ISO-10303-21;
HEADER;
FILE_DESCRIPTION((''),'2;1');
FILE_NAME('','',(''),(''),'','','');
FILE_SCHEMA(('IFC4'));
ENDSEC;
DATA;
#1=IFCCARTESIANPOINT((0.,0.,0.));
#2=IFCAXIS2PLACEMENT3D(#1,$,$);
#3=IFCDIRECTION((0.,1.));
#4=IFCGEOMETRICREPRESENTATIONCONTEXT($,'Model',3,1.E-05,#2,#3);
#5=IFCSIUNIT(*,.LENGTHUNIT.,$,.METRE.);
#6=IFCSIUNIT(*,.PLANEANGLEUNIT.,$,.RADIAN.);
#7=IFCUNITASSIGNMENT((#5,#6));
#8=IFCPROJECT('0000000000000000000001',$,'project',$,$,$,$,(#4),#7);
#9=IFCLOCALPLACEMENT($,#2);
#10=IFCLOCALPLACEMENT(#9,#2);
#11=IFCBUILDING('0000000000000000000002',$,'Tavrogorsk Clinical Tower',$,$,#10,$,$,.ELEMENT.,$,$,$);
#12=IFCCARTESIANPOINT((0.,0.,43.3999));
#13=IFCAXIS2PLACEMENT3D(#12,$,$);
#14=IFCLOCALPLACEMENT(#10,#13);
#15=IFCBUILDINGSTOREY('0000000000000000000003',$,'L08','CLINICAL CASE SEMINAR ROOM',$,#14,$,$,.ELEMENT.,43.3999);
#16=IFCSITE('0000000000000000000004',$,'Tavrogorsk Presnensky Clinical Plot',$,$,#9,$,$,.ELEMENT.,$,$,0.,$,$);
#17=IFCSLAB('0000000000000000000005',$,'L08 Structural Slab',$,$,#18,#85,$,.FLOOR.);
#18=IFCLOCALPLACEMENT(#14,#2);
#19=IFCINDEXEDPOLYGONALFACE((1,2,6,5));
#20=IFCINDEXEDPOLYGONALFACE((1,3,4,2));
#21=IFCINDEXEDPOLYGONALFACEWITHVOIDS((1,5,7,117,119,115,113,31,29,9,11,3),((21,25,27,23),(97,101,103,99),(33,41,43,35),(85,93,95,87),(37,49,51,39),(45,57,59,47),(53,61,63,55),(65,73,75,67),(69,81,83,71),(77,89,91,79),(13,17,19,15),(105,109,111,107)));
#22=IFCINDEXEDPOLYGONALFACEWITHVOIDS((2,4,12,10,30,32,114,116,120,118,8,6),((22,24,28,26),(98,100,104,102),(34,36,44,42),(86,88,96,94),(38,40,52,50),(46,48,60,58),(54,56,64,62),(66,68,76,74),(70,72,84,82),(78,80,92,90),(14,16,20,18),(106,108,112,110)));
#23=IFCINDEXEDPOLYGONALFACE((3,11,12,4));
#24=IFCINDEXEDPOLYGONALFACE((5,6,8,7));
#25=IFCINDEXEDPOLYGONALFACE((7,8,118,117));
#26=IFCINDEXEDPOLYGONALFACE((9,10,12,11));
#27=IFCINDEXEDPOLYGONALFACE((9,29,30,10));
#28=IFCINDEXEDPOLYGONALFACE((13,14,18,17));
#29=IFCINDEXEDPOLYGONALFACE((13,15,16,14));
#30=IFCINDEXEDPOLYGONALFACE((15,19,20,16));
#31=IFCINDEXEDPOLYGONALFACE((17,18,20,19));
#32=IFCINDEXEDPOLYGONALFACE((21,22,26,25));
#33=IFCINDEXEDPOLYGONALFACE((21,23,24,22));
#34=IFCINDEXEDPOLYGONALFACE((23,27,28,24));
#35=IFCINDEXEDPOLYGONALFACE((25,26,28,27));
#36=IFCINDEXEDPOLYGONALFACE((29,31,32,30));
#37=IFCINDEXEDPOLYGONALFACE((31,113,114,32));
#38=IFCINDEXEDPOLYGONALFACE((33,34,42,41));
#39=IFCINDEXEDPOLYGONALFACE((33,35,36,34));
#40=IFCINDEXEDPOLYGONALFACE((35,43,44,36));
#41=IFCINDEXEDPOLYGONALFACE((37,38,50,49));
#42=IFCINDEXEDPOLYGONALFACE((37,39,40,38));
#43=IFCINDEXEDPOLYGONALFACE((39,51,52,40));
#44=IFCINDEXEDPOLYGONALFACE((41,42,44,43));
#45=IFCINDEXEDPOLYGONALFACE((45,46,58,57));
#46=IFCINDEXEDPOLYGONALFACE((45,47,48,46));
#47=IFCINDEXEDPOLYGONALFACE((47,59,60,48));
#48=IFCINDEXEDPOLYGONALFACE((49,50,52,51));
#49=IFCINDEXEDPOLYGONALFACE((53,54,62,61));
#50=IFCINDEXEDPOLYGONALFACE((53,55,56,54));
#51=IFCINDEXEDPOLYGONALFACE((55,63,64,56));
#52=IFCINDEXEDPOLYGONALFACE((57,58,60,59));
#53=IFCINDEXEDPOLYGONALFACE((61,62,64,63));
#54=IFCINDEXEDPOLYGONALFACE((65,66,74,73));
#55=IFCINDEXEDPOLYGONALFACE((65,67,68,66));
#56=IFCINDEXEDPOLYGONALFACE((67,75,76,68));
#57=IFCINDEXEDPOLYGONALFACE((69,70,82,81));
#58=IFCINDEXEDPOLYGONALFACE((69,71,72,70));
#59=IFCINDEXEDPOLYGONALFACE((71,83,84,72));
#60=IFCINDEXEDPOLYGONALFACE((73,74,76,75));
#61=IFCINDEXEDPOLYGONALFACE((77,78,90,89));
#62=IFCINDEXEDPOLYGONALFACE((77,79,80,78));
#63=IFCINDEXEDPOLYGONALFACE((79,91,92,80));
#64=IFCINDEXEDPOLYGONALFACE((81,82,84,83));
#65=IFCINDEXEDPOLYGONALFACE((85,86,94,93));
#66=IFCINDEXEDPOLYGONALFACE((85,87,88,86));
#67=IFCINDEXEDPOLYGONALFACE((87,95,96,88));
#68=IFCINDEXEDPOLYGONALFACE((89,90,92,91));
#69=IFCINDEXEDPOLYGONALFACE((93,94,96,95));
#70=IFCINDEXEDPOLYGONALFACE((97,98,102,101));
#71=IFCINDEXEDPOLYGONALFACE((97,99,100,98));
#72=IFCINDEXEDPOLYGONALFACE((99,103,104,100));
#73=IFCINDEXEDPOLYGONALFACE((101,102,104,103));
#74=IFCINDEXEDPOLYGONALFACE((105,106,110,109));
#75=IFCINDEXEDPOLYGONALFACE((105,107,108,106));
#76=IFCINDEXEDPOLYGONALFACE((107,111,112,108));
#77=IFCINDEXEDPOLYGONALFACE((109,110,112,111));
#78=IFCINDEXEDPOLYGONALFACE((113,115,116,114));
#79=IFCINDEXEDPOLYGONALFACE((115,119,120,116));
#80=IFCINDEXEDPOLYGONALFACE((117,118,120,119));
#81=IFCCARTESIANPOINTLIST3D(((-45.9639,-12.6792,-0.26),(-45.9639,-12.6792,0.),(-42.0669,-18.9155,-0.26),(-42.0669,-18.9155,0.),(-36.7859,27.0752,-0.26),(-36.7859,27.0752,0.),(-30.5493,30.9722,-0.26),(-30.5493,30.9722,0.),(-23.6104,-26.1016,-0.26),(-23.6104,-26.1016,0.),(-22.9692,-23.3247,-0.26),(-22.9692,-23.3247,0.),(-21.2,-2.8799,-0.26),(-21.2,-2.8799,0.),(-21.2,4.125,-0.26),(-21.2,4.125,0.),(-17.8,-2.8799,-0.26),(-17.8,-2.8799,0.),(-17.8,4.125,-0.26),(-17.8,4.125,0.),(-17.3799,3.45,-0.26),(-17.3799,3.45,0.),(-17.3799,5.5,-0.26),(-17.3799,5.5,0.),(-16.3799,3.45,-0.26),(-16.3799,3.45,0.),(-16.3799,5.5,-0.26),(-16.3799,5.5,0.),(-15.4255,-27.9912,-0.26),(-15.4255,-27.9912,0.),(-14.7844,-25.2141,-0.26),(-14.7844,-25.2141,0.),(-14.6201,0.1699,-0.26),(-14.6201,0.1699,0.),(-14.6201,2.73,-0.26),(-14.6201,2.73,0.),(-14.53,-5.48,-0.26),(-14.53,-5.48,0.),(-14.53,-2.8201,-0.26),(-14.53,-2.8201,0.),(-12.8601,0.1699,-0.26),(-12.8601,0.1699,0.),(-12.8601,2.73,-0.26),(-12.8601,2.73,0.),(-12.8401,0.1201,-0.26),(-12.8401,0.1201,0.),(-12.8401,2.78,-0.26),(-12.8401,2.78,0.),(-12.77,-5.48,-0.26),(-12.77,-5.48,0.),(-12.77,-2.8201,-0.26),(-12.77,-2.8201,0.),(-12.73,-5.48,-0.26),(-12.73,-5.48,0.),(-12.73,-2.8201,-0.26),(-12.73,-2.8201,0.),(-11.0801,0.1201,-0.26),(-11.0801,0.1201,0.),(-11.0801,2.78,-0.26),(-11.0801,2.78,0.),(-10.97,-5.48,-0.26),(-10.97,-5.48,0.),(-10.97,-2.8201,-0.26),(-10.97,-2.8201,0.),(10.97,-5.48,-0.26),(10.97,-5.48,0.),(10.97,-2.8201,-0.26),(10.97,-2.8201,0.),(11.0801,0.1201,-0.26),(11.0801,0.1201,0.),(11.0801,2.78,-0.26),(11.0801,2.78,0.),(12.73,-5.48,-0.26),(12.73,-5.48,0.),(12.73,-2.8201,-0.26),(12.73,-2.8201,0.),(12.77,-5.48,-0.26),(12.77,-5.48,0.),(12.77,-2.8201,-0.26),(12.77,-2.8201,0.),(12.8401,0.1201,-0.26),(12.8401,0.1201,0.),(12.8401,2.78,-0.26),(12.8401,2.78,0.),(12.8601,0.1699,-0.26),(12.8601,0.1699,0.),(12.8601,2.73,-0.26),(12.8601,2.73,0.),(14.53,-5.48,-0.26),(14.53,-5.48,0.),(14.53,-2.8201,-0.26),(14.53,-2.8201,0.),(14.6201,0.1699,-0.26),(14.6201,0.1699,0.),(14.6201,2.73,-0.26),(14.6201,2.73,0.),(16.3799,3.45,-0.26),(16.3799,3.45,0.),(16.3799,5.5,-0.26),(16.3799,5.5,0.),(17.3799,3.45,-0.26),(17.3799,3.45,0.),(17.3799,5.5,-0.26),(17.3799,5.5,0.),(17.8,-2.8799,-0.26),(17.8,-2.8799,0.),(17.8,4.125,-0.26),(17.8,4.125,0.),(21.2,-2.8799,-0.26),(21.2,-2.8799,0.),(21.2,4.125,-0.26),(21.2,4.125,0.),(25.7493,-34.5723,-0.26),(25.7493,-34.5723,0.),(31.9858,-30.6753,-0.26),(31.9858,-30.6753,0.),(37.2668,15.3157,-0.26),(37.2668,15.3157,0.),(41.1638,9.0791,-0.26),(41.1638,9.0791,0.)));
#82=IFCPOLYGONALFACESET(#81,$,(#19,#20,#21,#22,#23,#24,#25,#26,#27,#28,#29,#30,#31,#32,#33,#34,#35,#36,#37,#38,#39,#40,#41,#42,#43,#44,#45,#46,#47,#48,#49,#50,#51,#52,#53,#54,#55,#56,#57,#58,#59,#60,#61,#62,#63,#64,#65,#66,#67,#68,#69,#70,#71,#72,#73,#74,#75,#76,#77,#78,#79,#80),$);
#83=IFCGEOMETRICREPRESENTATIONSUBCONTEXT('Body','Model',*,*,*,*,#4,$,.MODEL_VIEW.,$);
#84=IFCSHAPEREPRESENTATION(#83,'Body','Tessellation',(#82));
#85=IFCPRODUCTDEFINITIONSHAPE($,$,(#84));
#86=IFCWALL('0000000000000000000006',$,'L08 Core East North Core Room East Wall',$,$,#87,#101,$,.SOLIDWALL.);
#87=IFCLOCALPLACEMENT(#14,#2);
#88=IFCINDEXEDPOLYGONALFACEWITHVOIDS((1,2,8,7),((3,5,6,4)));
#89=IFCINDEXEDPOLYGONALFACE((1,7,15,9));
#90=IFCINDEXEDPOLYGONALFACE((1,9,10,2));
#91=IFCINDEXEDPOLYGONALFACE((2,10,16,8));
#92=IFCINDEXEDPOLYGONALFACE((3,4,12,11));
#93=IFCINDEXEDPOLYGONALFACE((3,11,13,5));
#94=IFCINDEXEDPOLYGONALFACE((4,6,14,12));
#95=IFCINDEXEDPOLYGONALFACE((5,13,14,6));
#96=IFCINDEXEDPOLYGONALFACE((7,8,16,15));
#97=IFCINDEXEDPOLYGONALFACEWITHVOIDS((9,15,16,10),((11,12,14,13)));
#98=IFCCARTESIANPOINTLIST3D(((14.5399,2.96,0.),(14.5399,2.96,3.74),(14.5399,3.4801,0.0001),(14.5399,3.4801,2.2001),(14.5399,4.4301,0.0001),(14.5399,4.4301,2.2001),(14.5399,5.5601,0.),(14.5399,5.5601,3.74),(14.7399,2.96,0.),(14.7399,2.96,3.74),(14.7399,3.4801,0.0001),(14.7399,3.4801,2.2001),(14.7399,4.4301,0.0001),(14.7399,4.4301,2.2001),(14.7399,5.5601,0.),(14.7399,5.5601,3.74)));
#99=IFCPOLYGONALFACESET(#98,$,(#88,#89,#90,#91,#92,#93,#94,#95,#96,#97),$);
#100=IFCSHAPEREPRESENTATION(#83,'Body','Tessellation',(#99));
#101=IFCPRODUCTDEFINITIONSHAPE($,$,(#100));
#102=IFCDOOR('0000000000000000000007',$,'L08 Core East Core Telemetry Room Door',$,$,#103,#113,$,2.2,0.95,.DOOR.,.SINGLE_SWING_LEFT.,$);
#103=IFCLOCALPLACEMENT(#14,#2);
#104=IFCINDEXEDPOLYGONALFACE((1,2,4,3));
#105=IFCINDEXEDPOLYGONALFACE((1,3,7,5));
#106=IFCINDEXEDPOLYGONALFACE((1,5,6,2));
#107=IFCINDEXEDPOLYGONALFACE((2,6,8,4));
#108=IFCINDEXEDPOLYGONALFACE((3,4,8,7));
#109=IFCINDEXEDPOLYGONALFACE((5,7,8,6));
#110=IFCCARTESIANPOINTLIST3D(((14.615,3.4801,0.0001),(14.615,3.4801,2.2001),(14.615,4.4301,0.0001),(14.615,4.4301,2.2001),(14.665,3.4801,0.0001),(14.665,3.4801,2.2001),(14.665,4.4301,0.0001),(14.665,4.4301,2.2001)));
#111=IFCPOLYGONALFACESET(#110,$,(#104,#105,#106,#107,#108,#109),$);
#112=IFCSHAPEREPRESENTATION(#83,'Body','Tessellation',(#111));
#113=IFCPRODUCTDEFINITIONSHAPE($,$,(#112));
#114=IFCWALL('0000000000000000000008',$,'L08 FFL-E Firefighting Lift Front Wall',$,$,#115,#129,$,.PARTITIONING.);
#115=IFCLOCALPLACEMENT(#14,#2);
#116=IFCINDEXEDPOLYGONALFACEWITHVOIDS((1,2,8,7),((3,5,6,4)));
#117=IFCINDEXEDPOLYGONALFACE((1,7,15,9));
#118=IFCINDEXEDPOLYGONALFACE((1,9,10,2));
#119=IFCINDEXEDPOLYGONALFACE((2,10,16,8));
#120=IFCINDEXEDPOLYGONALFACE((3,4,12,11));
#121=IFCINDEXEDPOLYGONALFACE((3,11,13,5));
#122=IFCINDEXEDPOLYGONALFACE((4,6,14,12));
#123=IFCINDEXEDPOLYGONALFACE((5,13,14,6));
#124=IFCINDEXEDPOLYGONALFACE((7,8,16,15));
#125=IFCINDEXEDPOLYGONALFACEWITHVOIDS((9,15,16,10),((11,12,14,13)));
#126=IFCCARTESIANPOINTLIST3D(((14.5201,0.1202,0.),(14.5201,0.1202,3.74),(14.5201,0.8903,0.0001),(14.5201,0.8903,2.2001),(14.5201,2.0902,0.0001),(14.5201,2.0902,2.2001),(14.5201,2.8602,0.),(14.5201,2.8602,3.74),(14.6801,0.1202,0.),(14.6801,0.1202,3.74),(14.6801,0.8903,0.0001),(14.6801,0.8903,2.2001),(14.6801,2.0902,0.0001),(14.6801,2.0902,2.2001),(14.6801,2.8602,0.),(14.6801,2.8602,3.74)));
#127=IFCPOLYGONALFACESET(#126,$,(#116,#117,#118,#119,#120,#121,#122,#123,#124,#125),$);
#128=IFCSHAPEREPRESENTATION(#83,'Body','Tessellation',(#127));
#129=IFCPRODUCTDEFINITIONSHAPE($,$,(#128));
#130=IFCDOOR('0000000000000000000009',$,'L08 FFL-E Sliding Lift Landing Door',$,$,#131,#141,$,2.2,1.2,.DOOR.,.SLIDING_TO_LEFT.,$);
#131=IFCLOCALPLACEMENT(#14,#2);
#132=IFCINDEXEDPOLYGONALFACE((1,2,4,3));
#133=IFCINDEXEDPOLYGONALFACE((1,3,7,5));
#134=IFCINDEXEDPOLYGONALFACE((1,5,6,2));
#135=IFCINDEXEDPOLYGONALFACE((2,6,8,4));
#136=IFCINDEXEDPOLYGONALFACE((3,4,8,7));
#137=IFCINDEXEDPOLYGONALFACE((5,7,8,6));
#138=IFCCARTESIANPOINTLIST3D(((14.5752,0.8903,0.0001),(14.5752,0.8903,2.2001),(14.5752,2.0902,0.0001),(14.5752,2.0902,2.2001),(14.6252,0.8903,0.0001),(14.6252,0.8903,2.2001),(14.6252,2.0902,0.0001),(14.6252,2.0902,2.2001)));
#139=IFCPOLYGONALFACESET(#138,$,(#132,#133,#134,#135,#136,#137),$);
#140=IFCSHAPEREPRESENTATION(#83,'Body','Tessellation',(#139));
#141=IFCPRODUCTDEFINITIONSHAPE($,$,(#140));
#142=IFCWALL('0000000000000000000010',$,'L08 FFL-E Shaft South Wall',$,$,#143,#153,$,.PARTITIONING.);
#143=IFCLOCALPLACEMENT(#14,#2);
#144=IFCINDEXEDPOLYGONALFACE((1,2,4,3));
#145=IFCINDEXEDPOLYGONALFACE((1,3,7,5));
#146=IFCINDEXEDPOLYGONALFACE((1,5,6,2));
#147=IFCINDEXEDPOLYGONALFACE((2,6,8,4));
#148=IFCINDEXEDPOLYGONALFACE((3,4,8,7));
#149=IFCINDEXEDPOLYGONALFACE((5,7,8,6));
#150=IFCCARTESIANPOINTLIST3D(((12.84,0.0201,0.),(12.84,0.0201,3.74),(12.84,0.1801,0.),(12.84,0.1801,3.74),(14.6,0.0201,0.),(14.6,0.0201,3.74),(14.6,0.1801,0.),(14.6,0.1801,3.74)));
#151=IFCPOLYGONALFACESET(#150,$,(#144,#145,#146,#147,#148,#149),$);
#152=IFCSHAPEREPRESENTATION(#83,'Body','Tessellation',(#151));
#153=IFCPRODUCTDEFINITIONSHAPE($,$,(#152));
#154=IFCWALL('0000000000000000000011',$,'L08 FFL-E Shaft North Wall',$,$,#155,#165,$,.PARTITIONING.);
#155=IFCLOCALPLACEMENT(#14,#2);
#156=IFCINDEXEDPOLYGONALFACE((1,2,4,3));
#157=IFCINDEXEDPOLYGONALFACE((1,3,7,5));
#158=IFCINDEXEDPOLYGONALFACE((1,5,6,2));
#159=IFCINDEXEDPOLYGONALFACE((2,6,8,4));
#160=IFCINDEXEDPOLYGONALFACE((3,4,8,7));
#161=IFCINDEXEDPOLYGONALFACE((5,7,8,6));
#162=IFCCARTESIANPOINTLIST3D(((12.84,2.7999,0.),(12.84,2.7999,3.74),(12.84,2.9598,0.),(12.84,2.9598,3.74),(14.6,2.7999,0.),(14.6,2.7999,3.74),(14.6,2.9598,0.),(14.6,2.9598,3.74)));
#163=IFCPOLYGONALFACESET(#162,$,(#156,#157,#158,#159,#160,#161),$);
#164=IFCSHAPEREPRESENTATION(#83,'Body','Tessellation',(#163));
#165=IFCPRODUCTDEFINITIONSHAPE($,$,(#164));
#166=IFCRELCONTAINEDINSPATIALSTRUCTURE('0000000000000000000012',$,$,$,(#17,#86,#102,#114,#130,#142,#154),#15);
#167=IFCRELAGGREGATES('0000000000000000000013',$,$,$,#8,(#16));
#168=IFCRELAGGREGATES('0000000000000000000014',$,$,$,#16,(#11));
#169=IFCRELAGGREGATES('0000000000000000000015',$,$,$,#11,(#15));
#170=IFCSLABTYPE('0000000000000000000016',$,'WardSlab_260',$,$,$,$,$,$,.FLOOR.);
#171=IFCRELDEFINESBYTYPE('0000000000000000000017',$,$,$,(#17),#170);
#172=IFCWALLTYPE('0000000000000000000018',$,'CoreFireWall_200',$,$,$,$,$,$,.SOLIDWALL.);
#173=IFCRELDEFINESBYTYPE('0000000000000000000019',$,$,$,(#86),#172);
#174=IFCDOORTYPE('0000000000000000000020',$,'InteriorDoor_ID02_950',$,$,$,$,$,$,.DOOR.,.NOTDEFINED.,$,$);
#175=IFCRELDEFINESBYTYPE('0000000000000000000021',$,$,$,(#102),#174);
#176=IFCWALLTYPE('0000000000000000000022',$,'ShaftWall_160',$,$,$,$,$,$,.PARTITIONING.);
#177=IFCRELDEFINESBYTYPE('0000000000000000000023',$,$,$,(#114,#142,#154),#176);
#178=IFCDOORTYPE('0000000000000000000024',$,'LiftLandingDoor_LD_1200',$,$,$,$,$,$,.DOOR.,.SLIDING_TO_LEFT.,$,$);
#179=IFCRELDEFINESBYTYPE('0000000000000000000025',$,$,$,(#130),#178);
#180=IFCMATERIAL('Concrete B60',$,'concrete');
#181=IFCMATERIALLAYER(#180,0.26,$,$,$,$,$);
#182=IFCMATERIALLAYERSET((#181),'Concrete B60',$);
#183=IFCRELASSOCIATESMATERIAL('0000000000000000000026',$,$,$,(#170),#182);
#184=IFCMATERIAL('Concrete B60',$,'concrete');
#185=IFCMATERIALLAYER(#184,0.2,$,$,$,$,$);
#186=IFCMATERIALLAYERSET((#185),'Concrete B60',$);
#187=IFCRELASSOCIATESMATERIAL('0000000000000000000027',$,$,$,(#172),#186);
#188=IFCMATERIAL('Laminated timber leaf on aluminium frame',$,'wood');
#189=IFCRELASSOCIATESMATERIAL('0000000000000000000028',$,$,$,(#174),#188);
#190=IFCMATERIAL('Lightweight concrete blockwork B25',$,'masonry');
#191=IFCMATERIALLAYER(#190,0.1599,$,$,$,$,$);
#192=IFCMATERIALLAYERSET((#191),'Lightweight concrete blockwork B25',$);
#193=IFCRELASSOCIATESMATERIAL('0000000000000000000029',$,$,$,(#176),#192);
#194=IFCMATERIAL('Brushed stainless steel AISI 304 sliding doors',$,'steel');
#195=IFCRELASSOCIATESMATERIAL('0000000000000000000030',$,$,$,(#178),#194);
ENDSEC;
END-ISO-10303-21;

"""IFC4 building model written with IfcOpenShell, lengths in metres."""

from ifc_helpers import new_model, si_unit, direction, frame, frame_2d, origin, place, context, subcontext, project, spatial, polyline, rectangle, outline, extrude, material, layer, layer_set, type_object, element, fill, save


model = new_model("IFC4")

# Units and contexts
model_context = context("Model", 3, precision=1e-05, world=origin(), true_north=direction((0.0, 1.0)))
body_context = subcontext(model_context, "Body", "Model", "MODEL_VIEW")
ifc_project = project(units=[si_unit("LENGTHUNIT", "METRE"), si_unit("PLANEANGLEUNIT", "RADIAN")], contexts=[model_context])

# Site, building, storey
site_placement = place(None, origin())
site = spatial("IfcSite", under=ifc_project, at=site_placement, Name="Tavrogorsk Presnensky Clinical Plot", CompositionType="ELEMENT", RefElevation=0.0)
building_placement = place(site_placement, origin())
building = spatial("IfcBuilding", under=site, at=building_placement, Name="Tavrogorsk Clinical Tower", CompositionType="ELEMENT")
storey_placement = place(building_placement, frame((0.0, 0.0, 43.3999)))
storey = spatial("IfcBuildingStorey", under=building, at=storey_placement, Name="L08", Description="CLINICAL CASE SEMINAR ROOM", CompositionType="ELEMENT", Elevation=43.3999)

# Slab
ifc_material_1 = material(Name="Concrete B60", Category="concrete")
ifc_layer_1 = layer(ifc_material_1, 0.26)
ifc_layer_set_1 = layer_set([ifc_layer_1], Name="Concrete B60")
slab_type_1 = type_object("IfcSlabType", Name="WardSlab_260", PredefinedType="FLOOR", material=ifc_layer_set_1)
slab_1_placement = place(storey_placement, frame((0.0, 0.0, -0.26)))
element("IfcSlab", 1, at=slab_1_placement, inside=storey, type_object=slab_type_1, Name="L08 Structural Slab", PredefinedType="FLOOR", context=body_context, shape_type="SweptSolid", body=[
    extrude(outline(polyline([(-42.0669, -18.9155), (-45.9639, -12.6792), (-36.7859, 27.0752), (-30.5493, 30.9722), (37.2668, 15.3157), (41.1638, 9.0791), (31.9858, -30.6753), (25.7493, -34.5723), (-14.7844, -25.2141), (-15.4255, -27.9912), (-23.6104, -26.1016), (-22.9692, -23.3247), (-42.0669, -18.9155)]), holes=[polyline([(-17.8, -2.8799), (-17.8, 4.125), (-21.2, 4.125), (-21.2, -2.8799), (-17.8, -2.8799)]), polyline([(21.2, -2.8799), (21.2, 4.125), (17.8, 4.125), (17.8, -2.8799), (21.2, -2.8799)]), polyline([(-14.6201, 0.1699), (-12.8601, 0.1699), (-12.8601, 2.73), (-14.6201, 2.73), (-14.6201, 0.1699)]), polyline([(-14.53, -5.48), (-12.77, -5.48), (-12.77, -2.8201), (-14.53, -2.8201), (-14.53, -5.48)]), polyline([(-12.73, -5.48), (-10.97, -5.48), (-10.97, -2.8201), (-12.73, -2.8201), (-12.73, -5.48)]), polyline([(-12.8401, 0.1201), (-11.0801, 0.1201), (-11.0801, 2.78), (-12.8401, 2.78), (-12.8401, 0.1201)]), polyline([(12.8601, 0.1699), (14.6201, 0.1699), (14.6201, 2.73), (12.8601, 2.73), (12.8601, 0.1699)]), polyline([(12.77, -5.48), (14.53, -5.48), (14.53, -2.8201), (12.77, -2.8201), (12.77, -5.48)]), polyline([(10.97, -5.48), (12.73, -5.48), (12.73, -2.8201), (10.97, -2.8201), (10.97, -5.48)]), polyline([(11.0801, 0.1201), (12.8401, 0.1201), (12.8401, 2.78), (11.0801, 2.78), (11.0801, 0.1201)]), polyline([(-17.3799, 3.45), (-16.3799, 3.45), (-16.3799, 5.5), (-17.3799, 5.5), (-17.3799, 3.45)]), polyline([(16.3799, 3.45), (17.3799, 3.45), (17.3799, 5.5), (16.3799, 5.5), (16.3799, 3.45)])]), origin(), (0.0, 0.0, 1.0), 0.26),
])

# Walls, openings, doors
ifc_material_2 = material(Name="Concrete B60", Category="concrete")
ifc_layer_2 = layer(ifc_material_2, 0.2)
ifc_layer_set_2 = layer_set([ifc_layer_2], Name="Concrete B60")
wall_type_1 = type_object("IfcWallType", Name="CoreFireWall_200", PredefinedType="SOLIDWALL", material=ifc_layer_set_2)
wall_1_placement = place(storey_placement, frame((14.6399, 2.96, 0.0), z_axis=(0.0, 0.0, 1.0), x_axis=(0.0, 1.0, 0.0)))
wall_1 = element("IfcWall", 2, at=wall_1_placement, inside=storey, type_object=wall_type_1, Name="L08 Core East North Core Room East Wall", PredefinedType="SOLIDWALL", context=body_context, shape_type="SweptSolid", body=[
    extrude(rectangle(XDim=2.6001, YDim=0.2, at=frame_2d((1.3, 0.0))), origin(), (0.0, 0.0, 1.0), 3.74),
])
opening_1_placement = place(wall_1_placement, frame((0.52, 0.0, 0.0)))
opening_1 = element("IfcOpeningElement", 3, at=opening_1_placement, cuts=wall_1, PredefinedType="OPENING", context=body_context, shape_type="SweptSolid", body=[
    extrude(rectangle(XDim=0.95, YDim=2.2, at=frame_2d((0.4751, 1.1001))), frame((0.0, 0.1099, 0.0), z_axis=(0.0, -1.0, 0.0), x_axis=(1.0, 0.0, 0.0)), (0.0, 0.0, 1.0), 0.22),
])
ifc_material_3 = material(Name="Laminated timber leaf on aluminium frame", Category="wood")
door_type_1 = type_object("IfcDoorType", Name="InteriorDoor_ID02_950", OperationType="NOTDEFINED", PredefinedType="DOOR", material=ifc_material_3)
door_1_placement = place(opening_1_placement, origin())
door_1 = element("IfcDoor", 4, at=door_1_placement, inside=storey, type_object=door_type_1, Name="L08 Core East Core Telemetry Room Door", OperationType="SINGLE_SWING_LEFT", OverallHeight=2.2, OverallWidth=0.95, PredefinedType="DOOR", context=body_context, shape_type="SweptSolid", body=[
    extrude(rectangle(XDim=0.95, YDim=2.2, at=frame_2d((0.4751, 1.1001))), frame((0.0, 0.0249, 0.0), z_axis=(0.0, -1.0, 0.0), x_axis=(1.0, 0.0, 0.0)), (0.0, 0.0, 1.0), 0.05),
])
fill(opening_1, door_1)
ifc_material_4 = material(Name="Lightweight concrete blockwork B25", Category="masonry")
ifc_layer_3 = layer(ifc_material_4, 0.1599)
ifc_layer_set_3 = layer_set([ifc_layer_3], Name="Lightweight concrete blockwork B25")
wall_type_2 = type_object("IfcWallType", Name="ShaftWall_160", PredefinedType="PARTITIONING", material=ifc_layer_set_3)
wall_2_placement = place(storey_placement, frame((14.6001, 0.1201, 0.0), z_axis=(0.0, 0.0, 1.0), x_axis=(0.0, 1.0, 0.0)))
wall_2 = element("IfcWall", 5, at=wall_2_placement, inside=storey, type_object=wall_type_2, Name="L08 FFL-E Firefighting Lift Front Wall", PredefinedType="PARTITIONING", context=body_context, shape_type="SweptSolid", body=[
    extrude(rectangle(XDim=2.74, YDim=0.1599, at=frame_2d((1.3701, 0.0))), origin(), (0.0, 0.0, 1.0), 3.74),
])
opening_2_placement = place(wall_2_placement, frame((0.77, 0.0, 0.0)))
opening_2 = element("IfcOpeningElement", 6, at=opening_2_placement, cuts=wall_2, PredefinedType="OPENING", context=body_context, shape_type="SweptSolid", body=[
    extrude(rectangle(XDim=1.2, YDim=2.2, at=frame_2d((0.6001, 1.1001))), frame((0.0, 0.0898, 0.0), z_axis=(0.0, -1.0, 0.0), x_axis=(1.0, 0.0, 0.0)), (0.0, 0.0, 1.0), 0.1799),
])
ifc_material_5 = material(Name="Brushed stainless steel AISI 304 sliding doors", Category="steel")
door_type_2 = type_object("IfcDoorType", Name="LiftLandingDoor_LD_1200", OperationType="SLIDING_TO_LEFT", PredefinedType="DOOR", material=ifc_material_5)
door_2_placement = place(opening_2_placement, origin())
door_2 = element("IfcDoor", 7, at=door_2_placement, inside=storey, type_object=door_type_2, Name="L08 FFL-E Sliding Lift Landing Door", OperationType="SLIDING_TO_LEFT", OverallHeight=2.2, OverallWidth=1.2, PredefinedType="DOOR", context=body_context, shape_type="SweptSolid", body=[
    extrude(rectangle(XDim=1.2, YDim=2.2, at=frame_2d((0.6001, 1.1001))), frame((0.0, 0.0249, 0.0), z_axis=(0.0, -1.0, 0.0), x_axis=(1.0, 0.0, 0.0)), (0.0, 0.0, 1.0), 0.05),
])
fill(opening_2, door_2)

# Walls
for number, where, z_axis, x_axis, name in (
    (8, (12.8401, 0.1001, 0.0), (0.0, 0.0, 1.0), (1.0, 0.0, 0.0), "L08 FFL-E Shaft South Wall"),
    (9, (12.8401, 2.8799, 0.0), (0.0, 0.0, 1.0), (1.0, 0.0, 0.0), "L08 FFL-E Shaft North Wall"),
):
    element("IfcWall", number, at=place(storey_placement, frame(where, z_axis=z_axis, x_axis=x_axis)), inside=storey, type_object=wall_type_2, Name=name, PredefinedType="PARTITIONING", context=body_context, shape_type="SweptSolid", body=[
        extrude(rectangle(XDim=1.76, YDim=0.1599, at=frame_2d((0.8799, 0.0))), origin(), (0.0, 0.0, 1.0), 3.74),
    ])

save(model, "model.ifc")
